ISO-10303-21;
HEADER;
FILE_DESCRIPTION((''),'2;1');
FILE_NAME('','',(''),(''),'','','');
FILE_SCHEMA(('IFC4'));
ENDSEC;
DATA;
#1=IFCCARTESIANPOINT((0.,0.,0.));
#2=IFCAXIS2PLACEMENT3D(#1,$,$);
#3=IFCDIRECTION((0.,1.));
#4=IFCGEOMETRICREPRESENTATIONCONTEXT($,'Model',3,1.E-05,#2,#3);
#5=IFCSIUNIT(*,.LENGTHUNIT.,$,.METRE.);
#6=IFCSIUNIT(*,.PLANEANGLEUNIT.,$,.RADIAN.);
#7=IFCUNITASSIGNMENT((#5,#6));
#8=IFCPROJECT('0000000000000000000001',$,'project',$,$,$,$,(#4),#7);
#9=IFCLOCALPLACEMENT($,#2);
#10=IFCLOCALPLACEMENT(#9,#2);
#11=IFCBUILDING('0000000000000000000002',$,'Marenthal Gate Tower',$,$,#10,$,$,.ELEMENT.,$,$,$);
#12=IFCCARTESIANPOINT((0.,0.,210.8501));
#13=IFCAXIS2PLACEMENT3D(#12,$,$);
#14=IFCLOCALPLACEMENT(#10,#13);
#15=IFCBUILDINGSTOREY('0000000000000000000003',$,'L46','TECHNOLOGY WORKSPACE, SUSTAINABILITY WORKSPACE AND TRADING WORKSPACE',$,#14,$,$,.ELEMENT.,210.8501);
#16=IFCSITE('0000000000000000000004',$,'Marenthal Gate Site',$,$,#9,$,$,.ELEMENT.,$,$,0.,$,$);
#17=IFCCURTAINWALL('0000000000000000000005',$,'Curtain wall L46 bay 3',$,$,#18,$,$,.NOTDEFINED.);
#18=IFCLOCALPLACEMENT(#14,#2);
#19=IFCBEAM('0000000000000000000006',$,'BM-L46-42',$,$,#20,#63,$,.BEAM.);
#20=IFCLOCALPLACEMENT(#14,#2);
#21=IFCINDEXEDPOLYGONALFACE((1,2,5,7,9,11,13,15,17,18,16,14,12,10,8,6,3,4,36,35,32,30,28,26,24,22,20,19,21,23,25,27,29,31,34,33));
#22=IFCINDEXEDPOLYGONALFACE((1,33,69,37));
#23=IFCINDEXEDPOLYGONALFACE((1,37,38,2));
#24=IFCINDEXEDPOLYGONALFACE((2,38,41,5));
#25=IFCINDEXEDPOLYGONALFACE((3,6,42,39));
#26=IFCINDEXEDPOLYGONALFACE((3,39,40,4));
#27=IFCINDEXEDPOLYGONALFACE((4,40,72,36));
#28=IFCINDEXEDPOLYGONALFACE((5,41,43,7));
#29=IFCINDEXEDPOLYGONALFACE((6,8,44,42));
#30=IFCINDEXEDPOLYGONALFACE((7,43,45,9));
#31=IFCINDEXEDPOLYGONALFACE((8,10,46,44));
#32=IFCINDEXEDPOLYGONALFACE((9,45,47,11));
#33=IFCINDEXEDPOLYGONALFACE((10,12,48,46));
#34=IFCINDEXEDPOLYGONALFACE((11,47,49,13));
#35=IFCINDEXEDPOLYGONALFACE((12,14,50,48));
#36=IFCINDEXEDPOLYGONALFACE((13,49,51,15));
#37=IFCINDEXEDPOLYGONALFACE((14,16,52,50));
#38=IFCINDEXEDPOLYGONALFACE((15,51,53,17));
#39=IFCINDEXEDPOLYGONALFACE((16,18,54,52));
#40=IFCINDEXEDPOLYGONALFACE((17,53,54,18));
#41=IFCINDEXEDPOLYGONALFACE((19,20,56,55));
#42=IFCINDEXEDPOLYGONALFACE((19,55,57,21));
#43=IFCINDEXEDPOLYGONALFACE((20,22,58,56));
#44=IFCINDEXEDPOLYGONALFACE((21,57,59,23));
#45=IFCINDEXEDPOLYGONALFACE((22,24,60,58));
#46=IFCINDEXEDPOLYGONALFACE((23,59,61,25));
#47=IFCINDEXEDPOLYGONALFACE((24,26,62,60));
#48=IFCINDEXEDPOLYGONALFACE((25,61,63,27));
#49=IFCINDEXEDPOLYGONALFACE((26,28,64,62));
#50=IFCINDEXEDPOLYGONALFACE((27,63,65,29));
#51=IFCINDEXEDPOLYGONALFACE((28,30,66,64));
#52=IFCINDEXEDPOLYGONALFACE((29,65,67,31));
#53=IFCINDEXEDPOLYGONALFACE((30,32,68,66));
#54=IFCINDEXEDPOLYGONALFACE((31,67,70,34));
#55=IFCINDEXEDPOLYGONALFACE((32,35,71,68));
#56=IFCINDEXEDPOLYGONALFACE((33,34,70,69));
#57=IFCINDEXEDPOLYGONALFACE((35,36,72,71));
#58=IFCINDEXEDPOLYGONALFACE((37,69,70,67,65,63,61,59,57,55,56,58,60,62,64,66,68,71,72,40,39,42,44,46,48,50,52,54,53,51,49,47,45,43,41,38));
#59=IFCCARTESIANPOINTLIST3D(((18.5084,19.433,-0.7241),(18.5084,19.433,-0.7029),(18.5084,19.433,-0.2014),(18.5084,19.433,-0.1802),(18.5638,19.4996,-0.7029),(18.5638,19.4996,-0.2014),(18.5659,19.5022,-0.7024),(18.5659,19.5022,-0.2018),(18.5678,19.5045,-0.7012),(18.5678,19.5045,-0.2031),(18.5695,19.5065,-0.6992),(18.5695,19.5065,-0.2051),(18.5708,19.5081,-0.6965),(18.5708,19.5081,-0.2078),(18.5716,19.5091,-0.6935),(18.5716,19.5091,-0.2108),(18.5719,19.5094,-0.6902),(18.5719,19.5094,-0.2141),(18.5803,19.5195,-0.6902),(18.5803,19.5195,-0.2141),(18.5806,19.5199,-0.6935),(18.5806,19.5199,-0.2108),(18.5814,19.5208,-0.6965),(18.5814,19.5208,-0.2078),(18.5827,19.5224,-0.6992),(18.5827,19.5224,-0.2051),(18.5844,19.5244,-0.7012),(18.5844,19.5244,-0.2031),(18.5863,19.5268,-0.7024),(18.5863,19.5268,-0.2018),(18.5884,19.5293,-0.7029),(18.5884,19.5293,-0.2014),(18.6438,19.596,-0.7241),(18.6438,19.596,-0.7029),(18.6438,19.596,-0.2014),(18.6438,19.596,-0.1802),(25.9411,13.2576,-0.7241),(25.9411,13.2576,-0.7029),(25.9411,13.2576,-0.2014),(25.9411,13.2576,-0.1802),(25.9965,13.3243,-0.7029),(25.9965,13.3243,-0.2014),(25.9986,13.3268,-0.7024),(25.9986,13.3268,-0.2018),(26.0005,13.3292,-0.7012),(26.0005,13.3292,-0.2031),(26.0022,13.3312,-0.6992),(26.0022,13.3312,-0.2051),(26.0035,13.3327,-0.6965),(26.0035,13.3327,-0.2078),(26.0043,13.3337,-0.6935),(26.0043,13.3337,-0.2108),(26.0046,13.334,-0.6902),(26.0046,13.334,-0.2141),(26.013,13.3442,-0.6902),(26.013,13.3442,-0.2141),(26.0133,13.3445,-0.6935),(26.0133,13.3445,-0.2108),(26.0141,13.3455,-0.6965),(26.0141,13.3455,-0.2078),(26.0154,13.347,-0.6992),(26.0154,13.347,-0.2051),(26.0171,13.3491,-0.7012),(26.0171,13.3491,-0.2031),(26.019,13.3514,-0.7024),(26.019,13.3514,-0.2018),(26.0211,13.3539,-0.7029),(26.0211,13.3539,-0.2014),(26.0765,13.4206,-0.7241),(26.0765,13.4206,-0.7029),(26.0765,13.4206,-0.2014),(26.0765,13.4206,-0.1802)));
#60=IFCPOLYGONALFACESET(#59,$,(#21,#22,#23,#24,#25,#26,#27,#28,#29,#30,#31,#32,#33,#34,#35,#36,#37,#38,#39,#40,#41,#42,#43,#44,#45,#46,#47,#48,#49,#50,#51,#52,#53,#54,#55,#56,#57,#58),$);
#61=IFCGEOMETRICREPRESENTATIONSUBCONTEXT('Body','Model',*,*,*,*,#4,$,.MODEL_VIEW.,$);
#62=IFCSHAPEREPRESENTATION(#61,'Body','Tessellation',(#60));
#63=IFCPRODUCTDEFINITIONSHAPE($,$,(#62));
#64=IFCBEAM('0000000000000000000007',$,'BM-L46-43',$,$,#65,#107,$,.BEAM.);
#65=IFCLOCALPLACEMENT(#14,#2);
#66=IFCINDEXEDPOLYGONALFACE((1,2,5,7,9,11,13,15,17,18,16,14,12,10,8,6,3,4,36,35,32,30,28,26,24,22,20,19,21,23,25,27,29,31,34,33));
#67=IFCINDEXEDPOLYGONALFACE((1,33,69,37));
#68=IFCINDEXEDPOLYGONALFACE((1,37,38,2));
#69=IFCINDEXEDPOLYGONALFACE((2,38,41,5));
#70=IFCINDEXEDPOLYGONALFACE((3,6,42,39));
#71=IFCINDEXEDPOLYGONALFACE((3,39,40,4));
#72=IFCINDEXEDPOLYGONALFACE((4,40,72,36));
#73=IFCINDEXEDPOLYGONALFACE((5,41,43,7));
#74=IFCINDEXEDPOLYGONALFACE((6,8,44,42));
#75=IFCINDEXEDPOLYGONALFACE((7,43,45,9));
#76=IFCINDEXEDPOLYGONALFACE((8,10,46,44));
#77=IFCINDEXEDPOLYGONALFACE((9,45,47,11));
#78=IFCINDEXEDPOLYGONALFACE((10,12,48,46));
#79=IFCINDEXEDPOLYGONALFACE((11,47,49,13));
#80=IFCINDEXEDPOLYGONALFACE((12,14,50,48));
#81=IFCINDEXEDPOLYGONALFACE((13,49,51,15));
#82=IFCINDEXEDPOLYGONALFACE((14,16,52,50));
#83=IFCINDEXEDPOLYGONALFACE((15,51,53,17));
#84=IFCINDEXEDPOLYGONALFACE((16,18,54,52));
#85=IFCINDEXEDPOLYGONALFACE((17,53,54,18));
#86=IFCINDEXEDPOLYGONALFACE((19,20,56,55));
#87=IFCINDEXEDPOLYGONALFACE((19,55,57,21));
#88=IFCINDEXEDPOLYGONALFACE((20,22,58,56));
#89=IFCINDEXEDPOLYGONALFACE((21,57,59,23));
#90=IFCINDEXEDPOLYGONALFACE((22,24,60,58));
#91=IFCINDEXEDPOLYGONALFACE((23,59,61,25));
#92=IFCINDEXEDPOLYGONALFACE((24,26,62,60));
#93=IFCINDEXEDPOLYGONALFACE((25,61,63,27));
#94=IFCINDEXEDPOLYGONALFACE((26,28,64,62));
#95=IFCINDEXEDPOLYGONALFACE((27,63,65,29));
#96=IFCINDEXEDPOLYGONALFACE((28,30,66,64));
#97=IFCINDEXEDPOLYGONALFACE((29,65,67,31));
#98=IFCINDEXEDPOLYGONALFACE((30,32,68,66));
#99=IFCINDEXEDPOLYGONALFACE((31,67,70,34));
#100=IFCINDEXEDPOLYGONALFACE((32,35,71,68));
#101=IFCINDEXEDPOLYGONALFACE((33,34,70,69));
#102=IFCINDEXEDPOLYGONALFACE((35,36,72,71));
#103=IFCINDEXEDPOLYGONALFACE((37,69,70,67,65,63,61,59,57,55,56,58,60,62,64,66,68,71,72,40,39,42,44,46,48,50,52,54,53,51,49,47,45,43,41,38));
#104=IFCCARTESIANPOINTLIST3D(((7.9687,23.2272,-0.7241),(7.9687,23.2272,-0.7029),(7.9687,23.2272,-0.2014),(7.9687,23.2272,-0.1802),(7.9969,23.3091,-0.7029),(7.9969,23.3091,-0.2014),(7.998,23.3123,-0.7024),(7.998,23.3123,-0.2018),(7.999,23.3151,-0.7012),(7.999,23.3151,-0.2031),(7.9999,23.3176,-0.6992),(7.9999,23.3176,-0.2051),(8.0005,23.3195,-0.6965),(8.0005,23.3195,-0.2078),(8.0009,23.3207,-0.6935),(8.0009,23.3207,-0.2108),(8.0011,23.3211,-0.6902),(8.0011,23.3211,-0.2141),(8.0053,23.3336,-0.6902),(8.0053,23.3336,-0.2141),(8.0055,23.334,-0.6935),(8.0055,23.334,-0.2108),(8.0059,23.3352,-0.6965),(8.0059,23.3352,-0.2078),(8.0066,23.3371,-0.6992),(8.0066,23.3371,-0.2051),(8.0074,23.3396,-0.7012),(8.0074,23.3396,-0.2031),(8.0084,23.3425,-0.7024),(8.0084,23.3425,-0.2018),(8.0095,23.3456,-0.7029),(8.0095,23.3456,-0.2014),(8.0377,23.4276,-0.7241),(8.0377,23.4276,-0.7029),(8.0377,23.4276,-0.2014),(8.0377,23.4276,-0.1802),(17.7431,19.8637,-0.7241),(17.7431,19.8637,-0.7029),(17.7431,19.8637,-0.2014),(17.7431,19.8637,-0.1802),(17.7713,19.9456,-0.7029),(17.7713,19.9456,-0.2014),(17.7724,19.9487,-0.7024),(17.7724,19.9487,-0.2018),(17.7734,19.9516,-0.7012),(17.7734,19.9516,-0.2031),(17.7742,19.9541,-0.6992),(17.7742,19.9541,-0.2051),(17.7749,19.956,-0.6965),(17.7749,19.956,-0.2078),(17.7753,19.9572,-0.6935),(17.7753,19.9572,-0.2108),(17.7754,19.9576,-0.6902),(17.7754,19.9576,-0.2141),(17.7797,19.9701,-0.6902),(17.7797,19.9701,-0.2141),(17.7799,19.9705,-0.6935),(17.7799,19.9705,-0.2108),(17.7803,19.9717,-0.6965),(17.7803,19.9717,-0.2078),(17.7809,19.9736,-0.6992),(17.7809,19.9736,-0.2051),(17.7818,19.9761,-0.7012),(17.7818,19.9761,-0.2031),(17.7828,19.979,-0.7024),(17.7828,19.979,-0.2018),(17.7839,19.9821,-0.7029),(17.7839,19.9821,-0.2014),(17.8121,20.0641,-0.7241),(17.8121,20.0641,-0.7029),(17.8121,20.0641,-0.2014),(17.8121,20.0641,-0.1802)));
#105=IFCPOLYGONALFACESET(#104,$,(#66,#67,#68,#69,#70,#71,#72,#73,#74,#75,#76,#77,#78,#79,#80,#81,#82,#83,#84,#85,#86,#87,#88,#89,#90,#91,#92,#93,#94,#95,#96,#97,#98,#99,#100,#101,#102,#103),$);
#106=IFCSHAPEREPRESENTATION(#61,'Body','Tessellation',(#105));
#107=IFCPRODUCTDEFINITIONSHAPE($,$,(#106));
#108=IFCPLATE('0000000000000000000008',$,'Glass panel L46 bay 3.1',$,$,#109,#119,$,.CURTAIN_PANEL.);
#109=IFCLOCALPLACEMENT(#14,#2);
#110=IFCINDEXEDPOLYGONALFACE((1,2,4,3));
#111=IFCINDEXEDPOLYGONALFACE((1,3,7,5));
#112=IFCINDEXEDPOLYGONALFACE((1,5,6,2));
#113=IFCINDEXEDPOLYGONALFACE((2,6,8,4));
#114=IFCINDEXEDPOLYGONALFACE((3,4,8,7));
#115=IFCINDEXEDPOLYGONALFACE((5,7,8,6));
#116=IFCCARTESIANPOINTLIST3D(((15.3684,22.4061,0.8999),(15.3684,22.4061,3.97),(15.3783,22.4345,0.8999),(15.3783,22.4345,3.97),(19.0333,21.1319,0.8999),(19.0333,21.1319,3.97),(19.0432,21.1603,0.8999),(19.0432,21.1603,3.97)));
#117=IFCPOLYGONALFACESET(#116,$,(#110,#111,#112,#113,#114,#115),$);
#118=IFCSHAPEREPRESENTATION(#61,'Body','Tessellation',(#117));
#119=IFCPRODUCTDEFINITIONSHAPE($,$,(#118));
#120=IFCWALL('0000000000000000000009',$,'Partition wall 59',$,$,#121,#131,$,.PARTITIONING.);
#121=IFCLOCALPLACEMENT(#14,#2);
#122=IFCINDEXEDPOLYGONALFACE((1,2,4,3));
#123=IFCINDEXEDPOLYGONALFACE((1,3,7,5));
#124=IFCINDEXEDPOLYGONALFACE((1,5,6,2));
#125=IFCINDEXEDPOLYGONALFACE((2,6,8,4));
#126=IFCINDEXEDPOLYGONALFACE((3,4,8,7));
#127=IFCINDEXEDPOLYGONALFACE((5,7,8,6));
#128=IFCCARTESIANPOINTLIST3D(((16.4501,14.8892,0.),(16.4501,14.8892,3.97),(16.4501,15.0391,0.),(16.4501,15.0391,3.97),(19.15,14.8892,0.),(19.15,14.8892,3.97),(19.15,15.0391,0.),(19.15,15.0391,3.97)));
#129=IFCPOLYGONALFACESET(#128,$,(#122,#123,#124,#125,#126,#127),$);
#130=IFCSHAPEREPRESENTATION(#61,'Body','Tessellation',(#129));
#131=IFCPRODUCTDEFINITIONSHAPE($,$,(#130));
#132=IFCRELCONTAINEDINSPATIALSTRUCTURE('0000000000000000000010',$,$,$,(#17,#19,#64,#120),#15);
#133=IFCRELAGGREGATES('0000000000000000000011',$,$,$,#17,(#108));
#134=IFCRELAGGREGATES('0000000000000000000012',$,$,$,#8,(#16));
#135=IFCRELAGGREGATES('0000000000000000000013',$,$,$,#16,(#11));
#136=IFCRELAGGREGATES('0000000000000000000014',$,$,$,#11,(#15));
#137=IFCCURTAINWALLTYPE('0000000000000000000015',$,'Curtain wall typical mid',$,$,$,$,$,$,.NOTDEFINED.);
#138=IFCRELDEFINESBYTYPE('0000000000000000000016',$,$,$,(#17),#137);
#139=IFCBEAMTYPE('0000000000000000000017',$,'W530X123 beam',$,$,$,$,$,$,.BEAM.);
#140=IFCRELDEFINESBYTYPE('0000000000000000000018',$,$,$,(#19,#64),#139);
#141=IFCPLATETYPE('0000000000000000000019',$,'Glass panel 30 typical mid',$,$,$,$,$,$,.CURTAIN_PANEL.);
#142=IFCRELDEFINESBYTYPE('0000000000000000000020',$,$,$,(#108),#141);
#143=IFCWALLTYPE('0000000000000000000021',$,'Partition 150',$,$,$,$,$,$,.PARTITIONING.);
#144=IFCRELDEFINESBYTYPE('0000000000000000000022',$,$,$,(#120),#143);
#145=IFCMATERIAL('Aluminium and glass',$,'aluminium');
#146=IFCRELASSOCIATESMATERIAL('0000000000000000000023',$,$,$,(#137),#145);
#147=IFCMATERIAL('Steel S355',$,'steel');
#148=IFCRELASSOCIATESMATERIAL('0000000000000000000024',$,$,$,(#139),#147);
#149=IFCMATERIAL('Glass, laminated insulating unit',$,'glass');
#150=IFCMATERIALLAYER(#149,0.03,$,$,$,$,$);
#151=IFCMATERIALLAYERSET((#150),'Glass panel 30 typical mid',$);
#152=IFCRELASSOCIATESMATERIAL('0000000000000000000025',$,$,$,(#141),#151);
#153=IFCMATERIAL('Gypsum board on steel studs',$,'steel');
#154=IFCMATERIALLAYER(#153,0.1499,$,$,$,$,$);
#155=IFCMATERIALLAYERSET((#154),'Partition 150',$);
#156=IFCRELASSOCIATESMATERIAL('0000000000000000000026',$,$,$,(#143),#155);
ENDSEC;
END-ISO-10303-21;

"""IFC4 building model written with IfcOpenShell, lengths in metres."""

from ifc_helpers import new_model, si_unit, direction, frame, frame_2d, origin, origin_2d, place, context, subcontext, project, spatial, rectangle, i_section, extrude, material, layer, layer_set, material_profile, profile_set, type_object, element, aggregate, save


model = new_model("IFC4")

# Units and contexts
model_context = context("Model", 3, precision=1e-05, world=origin(), true_north=direction((0.0, 1.0)))
body_context = subcontext(model_context, "Body", "Model", "MODEL_VIEW")
ifc_project = project(units=[si_unit("LENGTHUNIT", "METRE"), si_unit("PLANEANGLEUNIT", "RADIAN")], contexts=[model_context])

# Site, building, storey
site_placement = place(None, origin())
site = spatial("IfcSite", under=ifc_project, at=site_placement, Name="Marenthal Gate Site", CompositionType="ELEMENT", RefElevation=0.0)
building_placement = place(site_placement, origin())
building = spatial("IfcBuilding", under=site, at=building_placement, Name="Marenthal Gate Tower", CompositionType="ELEMENT")
storey_placement = place(building_placement, frame((0.0, 0.0, 210.8501)))
storey = spatial("IfcBuildingStorey", under=building, at=storey_placement, Name="L46", Description="TECHNOLOGY WORKSPACE, SUSTAINABILITY WORKSPACE AND TRADING WORKSPACE", CompositionType="ELEMENT", Elevation=210.8501)

# Shared definitions
ifc_material_1 = material(Name="Aluminium and glass", Category="aluminium")
curtain_wall_type = type_object("IfcCurtainWallType", Name="Curtain wall typical mid", PredefinedType="NOTDEFINED", material=ifc_material_1)

# Curtain wall
curtain_wall_1_placement = place(storey_placement, origin())
curtain_wall_1 = element("IfcCurtainWall", 1, at=curtain_wall_1_placement, inside=storey, type_object=curtain_wall_type, Name="Curtain wall L46 bay 3", PredefinedType="NOTDEFINED")

# Beams
ifc_material_2 = material(Name="Steel S355", Category="steel")
ifc_material_profile_1 = material_profile(ifc_material_2, i_section(OverallWidth=0.2119, OverallDepth=0.5439, WebThickness=0.0132, FlangeThickness=0.0212, FilletRadius=0.0127, at=origin_2d()), Name="W530X123")
ifc_profile_set_1 = profile_set([ifc_material_profile_1], Name="Steel S355")
beam_type_1 = type_object("IfcBeamType", Name="W530X123 beam", PredefinedType="BEAM", material=ifc_profile_set_1)
beam_1_placement = place(storey_placement, frame((26.0088, 13.3391, -0.4521), z_axis=(-0.769165, 0.639051, 0.0), x_axis=(-0.639051, -0.769165, 0.0)))
element("IfcBeam", 2, at=beam_1_placement, inside=storey, type_object=beam_type_1, Name="BM-L46-42", PredefinedType="BEAM", context=body_context, shape_type="SweptSolid", body=[
    extrude(i_section(OverallWidth=0.2119, OverallDepth=0.5439, WebThickness=0.0132, FlangeThickness=0.0212, FilletRadius=0.0127, at=origin_2d()), origin(), (0.0, 0.0, 1.0), 9.6633),
])
beam_2_placement = place(storey_placement, frame((17.7776, 19.9639, -0.4521), z_axis=(-0.94558, 0.325389, 0.0), x_axis=(-0.325389, -0.94558, 0.0)))
element("IfcBeam", 3, at=beam_2_placement, inside=storey, type_object=beam_type_1, Name="BM-L46-43", PredefinedType="BEAM", context=body_context, shape_type="SweptSolid", body=[
    extrude(i_section(OverallWidth=0.2119, OverallDepth=0.5439, WebThickness=0.0132, FlangeThickness=0.0212, FilletRadius=0.0127, at=origin_2d()), origin(), (0.0, 0.0, 1.0), 10.3369),
])

# Plate
ifc_material_3 = material(Name="Glass, laminated insulating unit", Category="glass")
ifc_layer_1 = layer(ifc_material_3, 0.03)
ifc_layer_set_1 = layer_set([ifc_layer_1], Name="Glass panel 30 typical mid")
plate_type = type_object("IfcPlateType", Name="Glass panel 30 typical mid", PredefinedType="CURTAIN_PANEL", material=ifc_layer_set_1)
plate_placement = place(storey_placement, frame((17.2058, 21.7832, 0.8999), z_axis=(0.0, 0.0, 1.0), x_axis=(-0.944539, 0.3284, 0.0)))
plate = element("IfcPlate", 4, at=plate_placement, type_object=plate_type, Name="Glass panel L46 bay 3.1", PredefinedType="CURTAIN_PANEL", context=body_context, shape_type="SweptSolid", body=[
    extrude(rectangle(XDim=3.8801, YDim=0.03, at=origin_2d()), origin(), (0.0, 0.0, 1.0), 3.0701),
])
aggregate(curtain_wall_1, [plate])

# Wall
ifc_material_4 = material(Name="Gypsum board on steel studs", Category="steel")
ifc_layer_2 = layer(ifc_material_4, 0.1499)
ifc_layer_set_2 = layer_set([ifc_layer_2], Name="Partition 150")
wall_type_1 = type_object("IfcWallType", Name="Partition 150", PredefinedType="PARTITIONING", material=ifc_layer_set_2)
wall_1_placement = place(storey_placement, frame((16.45, 14.9641, 0.0), z_axis=(0.0, 0.0, 1.0), x_axis=(1.0, 0.0, 0.0)))
element("IfcWall", 5, at=wall_1_placement, inside=storey, type_object=wall_type_1, Name="Partition wall 59", PredefinedType="PARTITIONING", context=body_context, shape_type="SweptSolid", body=[
    extrude(rectangle(XDim=2.7, YDim=0.1499, at=frame_2d((1.3501, 0.0))), origin(), (0.0, 0.0, 1.0), 3.97),
])

save(model, "model.ifc")
